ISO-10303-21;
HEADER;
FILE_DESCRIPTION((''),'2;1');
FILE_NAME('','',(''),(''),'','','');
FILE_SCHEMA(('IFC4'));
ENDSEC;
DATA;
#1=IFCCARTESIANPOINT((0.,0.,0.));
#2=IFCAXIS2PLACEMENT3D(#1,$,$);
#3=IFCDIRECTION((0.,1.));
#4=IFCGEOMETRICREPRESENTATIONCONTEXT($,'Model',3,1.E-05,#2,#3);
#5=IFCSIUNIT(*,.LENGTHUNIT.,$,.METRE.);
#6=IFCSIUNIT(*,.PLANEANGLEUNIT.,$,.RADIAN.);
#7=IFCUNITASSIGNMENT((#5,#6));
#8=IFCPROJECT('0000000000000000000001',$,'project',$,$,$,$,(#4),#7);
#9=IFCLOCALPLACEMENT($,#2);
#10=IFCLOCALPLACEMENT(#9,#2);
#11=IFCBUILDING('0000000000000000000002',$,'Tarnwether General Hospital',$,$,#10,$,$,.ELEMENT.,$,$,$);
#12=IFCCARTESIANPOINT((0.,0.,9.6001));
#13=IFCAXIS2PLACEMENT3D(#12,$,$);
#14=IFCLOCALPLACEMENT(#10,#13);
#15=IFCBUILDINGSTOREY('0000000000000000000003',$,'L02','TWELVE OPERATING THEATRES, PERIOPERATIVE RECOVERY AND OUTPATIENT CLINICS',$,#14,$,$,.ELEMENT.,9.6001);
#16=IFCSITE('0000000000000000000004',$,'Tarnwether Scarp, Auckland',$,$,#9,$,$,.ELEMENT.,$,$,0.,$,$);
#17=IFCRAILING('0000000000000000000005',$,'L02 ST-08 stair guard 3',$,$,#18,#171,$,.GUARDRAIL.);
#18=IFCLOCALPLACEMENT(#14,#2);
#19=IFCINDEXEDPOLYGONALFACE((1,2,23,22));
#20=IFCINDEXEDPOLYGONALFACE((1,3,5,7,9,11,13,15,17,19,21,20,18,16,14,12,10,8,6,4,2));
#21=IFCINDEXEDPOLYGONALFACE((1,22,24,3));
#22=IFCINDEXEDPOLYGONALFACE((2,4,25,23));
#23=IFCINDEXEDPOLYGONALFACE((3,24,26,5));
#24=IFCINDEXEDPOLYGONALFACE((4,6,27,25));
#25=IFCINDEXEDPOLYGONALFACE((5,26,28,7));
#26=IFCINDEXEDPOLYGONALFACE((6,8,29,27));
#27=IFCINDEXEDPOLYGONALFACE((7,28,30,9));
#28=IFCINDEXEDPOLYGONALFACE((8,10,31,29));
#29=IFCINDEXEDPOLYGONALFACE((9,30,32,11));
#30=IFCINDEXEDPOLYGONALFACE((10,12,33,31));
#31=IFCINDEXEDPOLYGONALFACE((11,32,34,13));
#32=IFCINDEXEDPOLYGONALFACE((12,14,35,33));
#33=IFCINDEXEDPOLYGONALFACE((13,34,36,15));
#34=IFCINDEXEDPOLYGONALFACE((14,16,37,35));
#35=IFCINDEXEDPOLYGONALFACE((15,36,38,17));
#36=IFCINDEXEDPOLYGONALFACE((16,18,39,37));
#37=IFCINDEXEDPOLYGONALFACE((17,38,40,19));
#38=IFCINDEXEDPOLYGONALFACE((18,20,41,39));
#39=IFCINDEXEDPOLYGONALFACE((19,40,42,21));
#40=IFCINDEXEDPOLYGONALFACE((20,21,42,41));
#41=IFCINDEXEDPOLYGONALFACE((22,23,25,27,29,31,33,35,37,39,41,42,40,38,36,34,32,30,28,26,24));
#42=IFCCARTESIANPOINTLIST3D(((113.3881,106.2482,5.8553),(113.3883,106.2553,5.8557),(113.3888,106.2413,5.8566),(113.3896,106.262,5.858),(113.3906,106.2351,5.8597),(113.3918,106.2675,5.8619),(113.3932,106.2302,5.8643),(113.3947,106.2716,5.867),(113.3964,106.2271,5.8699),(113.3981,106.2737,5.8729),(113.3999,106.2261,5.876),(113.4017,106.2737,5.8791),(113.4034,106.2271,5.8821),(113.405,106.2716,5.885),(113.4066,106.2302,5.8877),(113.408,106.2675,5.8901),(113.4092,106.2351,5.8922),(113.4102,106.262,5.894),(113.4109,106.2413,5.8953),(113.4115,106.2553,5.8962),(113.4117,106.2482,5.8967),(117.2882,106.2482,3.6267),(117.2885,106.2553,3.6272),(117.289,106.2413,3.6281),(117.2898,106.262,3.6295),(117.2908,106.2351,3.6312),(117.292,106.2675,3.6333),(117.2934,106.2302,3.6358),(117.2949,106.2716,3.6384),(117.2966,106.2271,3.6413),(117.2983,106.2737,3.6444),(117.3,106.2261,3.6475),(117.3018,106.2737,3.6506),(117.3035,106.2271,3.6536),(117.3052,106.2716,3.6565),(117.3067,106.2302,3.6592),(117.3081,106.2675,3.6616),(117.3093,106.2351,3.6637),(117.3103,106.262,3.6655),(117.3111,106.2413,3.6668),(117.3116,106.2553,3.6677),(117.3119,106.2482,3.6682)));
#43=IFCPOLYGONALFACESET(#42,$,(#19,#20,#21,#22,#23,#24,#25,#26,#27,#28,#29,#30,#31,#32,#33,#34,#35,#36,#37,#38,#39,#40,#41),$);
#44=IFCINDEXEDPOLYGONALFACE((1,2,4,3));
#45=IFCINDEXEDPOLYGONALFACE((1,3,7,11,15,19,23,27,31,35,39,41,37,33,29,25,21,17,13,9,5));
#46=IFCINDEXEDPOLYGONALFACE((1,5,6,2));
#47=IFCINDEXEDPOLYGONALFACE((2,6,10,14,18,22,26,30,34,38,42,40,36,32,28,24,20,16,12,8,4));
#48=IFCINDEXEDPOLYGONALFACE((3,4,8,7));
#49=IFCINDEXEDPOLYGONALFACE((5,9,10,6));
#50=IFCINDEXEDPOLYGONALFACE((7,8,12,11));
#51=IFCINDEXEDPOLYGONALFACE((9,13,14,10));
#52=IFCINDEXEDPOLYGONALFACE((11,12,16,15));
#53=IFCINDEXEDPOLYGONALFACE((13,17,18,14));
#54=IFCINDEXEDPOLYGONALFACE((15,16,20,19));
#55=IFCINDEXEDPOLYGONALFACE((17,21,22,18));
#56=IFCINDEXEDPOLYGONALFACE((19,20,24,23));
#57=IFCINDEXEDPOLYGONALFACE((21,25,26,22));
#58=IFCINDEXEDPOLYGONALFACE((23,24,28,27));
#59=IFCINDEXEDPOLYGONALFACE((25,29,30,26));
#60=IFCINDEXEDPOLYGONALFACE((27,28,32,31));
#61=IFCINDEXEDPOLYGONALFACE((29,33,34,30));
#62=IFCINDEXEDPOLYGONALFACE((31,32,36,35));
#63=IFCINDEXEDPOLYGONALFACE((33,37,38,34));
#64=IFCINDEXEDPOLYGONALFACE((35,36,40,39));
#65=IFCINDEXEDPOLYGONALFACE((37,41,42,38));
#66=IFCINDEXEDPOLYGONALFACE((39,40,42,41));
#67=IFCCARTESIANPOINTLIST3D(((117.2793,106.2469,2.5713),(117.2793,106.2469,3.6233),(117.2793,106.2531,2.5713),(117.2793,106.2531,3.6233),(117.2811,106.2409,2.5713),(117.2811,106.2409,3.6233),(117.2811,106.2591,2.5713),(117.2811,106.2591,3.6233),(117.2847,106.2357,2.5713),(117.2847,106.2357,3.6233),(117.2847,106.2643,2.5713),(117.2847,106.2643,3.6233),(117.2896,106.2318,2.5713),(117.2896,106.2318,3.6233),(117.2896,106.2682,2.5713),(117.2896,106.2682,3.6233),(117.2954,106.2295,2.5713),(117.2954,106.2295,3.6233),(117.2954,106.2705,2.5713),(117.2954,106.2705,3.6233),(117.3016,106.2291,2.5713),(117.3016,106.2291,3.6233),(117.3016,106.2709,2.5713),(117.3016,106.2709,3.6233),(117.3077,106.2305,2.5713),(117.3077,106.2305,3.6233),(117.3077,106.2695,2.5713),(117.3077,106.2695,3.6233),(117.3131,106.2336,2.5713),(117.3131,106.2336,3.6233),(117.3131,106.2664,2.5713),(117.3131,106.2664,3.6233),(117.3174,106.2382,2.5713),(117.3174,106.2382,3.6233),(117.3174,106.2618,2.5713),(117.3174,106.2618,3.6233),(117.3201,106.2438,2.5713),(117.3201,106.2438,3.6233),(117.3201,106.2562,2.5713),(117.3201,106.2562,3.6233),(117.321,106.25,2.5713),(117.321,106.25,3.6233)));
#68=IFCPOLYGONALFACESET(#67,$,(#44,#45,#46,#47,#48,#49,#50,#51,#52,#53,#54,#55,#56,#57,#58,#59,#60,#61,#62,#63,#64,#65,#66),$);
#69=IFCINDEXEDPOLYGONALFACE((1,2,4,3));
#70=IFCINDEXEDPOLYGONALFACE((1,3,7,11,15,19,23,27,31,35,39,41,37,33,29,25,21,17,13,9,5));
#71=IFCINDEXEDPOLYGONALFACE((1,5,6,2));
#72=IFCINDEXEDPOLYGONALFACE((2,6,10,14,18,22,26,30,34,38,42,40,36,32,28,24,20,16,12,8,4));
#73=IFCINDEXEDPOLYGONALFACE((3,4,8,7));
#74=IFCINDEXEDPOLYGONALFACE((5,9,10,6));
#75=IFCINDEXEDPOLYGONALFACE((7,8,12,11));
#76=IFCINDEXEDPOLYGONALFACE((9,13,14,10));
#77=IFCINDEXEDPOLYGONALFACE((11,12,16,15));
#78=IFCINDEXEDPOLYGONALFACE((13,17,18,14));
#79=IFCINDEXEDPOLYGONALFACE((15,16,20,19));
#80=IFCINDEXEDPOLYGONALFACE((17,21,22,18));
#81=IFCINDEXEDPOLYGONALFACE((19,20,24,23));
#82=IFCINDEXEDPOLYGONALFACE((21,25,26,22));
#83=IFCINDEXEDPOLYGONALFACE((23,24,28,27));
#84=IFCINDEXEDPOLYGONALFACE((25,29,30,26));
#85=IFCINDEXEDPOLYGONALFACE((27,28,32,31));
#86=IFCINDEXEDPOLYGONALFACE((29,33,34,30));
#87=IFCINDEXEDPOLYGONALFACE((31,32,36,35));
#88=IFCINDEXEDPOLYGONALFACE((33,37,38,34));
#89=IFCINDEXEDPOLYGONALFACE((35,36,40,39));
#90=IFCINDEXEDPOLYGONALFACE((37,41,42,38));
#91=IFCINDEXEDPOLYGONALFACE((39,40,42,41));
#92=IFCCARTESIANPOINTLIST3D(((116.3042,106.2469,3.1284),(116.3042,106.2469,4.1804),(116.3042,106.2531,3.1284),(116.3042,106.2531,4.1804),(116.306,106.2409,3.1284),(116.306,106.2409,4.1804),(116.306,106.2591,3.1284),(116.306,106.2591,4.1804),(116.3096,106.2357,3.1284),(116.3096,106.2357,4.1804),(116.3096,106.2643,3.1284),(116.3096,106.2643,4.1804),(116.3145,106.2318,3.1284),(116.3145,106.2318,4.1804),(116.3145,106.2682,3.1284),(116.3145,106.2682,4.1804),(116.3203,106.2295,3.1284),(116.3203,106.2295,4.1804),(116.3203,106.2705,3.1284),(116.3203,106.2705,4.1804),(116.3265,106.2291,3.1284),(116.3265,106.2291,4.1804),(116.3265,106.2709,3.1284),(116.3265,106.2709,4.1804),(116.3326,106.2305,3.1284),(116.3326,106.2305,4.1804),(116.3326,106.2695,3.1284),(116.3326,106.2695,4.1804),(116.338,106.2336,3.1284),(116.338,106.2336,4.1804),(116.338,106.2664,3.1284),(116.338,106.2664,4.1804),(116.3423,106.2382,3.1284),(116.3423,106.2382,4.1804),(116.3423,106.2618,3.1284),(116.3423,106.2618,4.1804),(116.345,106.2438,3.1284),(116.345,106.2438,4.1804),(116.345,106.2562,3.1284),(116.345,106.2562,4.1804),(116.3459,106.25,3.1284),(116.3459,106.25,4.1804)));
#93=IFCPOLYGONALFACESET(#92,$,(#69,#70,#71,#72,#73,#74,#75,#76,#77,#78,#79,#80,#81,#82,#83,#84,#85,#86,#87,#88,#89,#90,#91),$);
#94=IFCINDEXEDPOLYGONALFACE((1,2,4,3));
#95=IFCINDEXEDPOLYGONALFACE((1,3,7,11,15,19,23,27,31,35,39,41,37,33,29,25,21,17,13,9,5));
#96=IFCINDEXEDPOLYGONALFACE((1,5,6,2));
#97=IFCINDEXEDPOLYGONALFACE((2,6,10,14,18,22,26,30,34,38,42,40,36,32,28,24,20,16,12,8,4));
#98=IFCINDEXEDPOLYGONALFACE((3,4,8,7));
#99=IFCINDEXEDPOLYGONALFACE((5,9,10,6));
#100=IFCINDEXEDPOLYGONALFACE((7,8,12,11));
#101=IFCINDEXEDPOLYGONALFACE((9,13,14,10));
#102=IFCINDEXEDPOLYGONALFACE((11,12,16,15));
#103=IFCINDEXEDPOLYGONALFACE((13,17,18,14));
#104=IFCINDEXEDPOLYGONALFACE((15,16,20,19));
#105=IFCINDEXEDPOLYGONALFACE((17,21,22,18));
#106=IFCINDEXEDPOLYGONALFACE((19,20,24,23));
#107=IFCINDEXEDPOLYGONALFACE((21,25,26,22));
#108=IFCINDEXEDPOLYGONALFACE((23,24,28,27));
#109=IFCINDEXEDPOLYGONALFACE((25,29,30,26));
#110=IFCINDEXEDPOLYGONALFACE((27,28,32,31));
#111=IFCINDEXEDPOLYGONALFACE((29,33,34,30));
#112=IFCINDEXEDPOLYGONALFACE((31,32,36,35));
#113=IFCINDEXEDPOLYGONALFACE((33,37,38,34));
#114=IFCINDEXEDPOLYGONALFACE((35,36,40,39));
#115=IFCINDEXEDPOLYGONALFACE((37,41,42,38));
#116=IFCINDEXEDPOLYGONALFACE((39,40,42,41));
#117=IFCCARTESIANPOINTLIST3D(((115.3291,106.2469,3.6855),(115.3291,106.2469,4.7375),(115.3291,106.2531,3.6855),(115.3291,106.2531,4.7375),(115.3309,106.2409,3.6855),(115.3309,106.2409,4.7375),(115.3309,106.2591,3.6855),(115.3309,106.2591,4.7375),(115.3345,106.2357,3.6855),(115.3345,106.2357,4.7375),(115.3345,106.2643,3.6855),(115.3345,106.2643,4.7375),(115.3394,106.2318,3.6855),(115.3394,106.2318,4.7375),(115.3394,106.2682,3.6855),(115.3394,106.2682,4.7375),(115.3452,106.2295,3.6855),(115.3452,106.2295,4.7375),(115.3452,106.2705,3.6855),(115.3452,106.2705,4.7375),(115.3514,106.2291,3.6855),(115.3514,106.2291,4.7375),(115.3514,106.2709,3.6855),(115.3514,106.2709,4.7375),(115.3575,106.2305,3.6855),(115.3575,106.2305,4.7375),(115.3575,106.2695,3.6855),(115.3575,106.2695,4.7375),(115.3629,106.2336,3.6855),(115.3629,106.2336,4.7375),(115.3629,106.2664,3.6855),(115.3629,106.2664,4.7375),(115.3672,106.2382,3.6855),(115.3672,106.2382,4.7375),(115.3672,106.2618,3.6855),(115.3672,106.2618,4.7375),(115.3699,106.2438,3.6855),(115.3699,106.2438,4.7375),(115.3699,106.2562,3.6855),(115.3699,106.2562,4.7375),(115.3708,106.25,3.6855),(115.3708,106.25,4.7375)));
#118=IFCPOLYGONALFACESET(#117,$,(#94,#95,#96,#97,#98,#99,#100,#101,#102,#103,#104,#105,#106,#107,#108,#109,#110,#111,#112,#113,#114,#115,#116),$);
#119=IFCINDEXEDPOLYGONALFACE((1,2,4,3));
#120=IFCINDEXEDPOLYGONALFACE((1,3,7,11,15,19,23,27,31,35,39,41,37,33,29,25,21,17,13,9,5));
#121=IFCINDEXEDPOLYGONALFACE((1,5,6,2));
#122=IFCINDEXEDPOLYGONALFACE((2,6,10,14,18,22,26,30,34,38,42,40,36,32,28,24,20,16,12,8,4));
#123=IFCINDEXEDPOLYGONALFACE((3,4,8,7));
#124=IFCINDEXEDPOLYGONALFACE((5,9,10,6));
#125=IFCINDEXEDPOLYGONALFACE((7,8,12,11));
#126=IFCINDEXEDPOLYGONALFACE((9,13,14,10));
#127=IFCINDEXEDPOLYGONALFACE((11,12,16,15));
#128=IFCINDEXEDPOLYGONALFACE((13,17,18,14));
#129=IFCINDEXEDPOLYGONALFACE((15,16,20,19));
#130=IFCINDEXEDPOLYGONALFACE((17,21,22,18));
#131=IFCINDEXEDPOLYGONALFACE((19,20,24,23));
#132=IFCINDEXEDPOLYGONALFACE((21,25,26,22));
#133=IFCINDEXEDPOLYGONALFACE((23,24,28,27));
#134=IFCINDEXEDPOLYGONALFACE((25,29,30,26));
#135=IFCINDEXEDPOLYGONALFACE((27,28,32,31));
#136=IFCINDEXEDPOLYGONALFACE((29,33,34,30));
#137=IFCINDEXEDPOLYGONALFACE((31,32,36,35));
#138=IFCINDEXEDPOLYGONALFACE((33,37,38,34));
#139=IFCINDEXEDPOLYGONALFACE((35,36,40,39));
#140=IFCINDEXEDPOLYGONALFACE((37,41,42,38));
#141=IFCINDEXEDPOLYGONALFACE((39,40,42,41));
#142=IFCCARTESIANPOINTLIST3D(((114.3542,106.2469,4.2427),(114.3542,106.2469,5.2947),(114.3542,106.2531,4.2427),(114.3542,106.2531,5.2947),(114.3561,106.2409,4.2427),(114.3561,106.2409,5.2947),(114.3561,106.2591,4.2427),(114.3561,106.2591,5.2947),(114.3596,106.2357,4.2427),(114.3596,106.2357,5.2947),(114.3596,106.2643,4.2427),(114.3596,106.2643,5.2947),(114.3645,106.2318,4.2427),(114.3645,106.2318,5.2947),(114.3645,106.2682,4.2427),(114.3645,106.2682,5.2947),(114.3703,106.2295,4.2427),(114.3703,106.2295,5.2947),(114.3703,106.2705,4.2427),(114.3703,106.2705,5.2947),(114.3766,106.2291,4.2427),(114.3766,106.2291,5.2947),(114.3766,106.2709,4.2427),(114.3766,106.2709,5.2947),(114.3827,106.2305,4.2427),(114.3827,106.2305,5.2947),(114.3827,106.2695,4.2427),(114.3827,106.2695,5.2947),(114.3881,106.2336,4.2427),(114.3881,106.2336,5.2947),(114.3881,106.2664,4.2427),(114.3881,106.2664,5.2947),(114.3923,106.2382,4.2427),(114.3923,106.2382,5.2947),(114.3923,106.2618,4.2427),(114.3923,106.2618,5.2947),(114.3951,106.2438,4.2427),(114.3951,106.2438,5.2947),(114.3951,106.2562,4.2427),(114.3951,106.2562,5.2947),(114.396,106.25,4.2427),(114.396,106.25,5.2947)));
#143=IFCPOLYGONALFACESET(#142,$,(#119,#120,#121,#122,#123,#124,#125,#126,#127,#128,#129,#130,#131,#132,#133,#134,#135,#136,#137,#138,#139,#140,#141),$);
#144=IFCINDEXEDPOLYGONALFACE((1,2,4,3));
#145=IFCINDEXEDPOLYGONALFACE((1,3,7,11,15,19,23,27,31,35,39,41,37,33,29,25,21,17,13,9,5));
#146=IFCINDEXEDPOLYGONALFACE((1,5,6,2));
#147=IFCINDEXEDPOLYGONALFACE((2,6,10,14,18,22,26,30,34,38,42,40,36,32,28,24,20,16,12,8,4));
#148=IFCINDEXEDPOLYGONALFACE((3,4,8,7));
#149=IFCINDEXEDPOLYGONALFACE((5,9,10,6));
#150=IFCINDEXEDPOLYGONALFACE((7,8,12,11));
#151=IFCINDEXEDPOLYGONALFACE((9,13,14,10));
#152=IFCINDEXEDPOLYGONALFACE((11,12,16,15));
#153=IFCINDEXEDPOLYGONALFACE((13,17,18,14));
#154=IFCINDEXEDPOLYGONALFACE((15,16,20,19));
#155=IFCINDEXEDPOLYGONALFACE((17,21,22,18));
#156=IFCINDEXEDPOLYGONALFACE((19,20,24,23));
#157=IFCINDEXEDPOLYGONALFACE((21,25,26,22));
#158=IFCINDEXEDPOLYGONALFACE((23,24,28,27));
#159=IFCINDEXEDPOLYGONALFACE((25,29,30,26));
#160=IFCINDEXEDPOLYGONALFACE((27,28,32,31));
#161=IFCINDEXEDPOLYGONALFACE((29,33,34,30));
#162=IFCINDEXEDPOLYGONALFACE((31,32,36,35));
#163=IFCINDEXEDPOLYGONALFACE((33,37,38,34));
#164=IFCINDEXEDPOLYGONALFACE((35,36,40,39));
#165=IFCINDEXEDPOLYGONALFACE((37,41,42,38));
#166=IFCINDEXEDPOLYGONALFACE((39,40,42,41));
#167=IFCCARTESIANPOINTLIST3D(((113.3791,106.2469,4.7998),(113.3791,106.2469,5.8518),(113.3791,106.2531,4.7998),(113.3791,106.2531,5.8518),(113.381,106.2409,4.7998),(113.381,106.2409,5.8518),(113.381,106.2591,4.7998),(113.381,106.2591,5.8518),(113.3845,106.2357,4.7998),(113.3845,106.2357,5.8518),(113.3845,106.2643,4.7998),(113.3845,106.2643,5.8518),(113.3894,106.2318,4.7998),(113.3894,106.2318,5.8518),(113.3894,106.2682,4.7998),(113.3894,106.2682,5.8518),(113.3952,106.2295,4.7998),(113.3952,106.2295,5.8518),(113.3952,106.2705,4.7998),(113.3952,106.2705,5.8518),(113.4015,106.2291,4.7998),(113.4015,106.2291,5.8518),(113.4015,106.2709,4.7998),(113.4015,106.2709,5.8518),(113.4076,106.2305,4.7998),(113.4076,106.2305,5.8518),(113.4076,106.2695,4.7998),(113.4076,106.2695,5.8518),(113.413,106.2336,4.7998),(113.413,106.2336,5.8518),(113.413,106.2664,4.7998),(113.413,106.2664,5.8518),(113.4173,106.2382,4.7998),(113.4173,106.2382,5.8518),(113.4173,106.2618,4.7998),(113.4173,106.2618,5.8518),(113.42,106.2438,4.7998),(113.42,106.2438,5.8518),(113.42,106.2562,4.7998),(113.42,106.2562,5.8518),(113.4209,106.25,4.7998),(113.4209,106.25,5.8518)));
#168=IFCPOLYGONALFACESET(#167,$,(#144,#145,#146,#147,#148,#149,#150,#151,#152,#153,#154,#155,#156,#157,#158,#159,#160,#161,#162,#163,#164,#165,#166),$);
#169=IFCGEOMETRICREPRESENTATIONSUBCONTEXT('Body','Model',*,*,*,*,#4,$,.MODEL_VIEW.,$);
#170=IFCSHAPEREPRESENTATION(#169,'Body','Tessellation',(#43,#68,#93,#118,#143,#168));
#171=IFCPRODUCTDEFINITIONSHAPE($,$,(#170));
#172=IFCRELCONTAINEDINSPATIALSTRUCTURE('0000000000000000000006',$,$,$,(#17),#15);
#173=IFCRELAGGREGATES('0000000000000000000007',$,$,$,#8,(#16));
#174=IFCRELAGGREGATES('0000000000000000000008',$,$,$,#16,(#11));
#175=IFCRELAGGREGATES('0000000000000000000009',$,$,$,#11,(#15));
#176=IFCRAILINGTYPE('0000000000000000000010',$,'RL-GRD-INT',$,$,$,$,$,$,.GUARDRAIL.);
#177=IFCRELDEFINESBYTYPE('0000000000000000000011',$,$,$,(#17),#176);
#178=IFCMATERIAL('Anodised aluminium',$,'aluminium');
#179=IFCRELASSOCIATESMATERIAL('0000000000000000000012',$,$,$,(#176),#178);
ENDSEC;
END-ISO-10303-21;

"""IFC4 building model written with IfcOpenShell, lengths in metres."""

from ifc_helpers import new_model, si_unit, direction, frame, origin, origin_2d, place, context, subcontext, project, spatial, circle, extrude, material, type_object, element, save


model = new_model("IFC4")

# Units and contexts
model_context = context("Model", 3, precision=1e-05, world=origin(), true_north=direction((0.0, 1.0)))
body_context = subcontext(model_context, "Body", "Model", "MODEL_VIEW")
ifc_project = project(units=[si_unit("LENGTHUNIT", "METRE"), si_unit("PLANEANGLEUNIT", "RADIAN")], contexts=[model_context])

# Site, building, storey
site_placement = place(None, origin())
site = spatial("IfcSite", under=ifc_project, at=site_placement, Name="Tarnwether Scarp, Auckland", CompositionType="ELEMENT", RefElevation=0.0)
building_placement = place(site_placement, origin())
building = spatial("IfcBuilding", under=site, at=building_placement, Name="Tarnwether General Hospital", CompositionType="ELEMENT")
storey_placement = place(building_placement, frame((0.0, 0.0, 9.6001)))
storey = spatial("IfcBuildingStorey", under=building, at=storey_placement, Name="L02", Description="TWELVE OPERATING THEATRES, PERIOPERATIVE RECOVERY AND OUTPATIENT CLINICS", CompositionType="ELEMENT", Elevation=9.6001)

# Railing
ifc_material_1 = material(Name="Anodised aluminium", Category="aluminium")
railing_type_1 = type_object("IfcRailingType", Name="RL-GRD-INT", PredefinedType="GUARDRAIL", material=ifc_material_1)
railing_1_placement = place(storey_placement, frame((117.3, 106.25, 2.5713)))
element("IfcRailing", 1, at=railing_1_placement, inside=storey, type_object=railing_type_1, Name="L02 ST-08 stair guard 3", PredefinedType="GUARDRAIL", context=body_context, shape_type="SweptSolid", body=[
    extrude(circle(Radius=0.0239, at=origin_2d()), frame((0.0, 0.0, 1.0762), z_axis=(-0.868257, 0.0, 0.496116), x_axis=(0.0, -1.0, 0.0)), (0.0, 0.0, 1.0), 4.4919),
    extrude(circle(Radius=0.021, at=origin_2d()), origin(), (0.0, 0.0, 1.0), 1.052),
    extrude(circle(Radius=0.021, at=origin_2d()), frame((-0.9751, 0.0, 0.5571)), (0.0, 0.0, 1.0), 1.052),
    extrude(circle(Radius=0.021, at=origin_2d()), frame((-1.9502, 0.0, 1.1143)), (0.0, 0.0, 1.0), 1.052),
    extrude(circle(Radius=0.021, at=origin_2d()), frame((-2.925, 0.0, 1.6714)), (0.0, 0.0, 1.0), 1.052),
    extrude(circle(Radius=0.021, at=origin_2d()), frame((-3.9001, 0.0, 2.2285)), (0.0, 0.0, 1.0), 1.052),
])

save(model, "model.ifc")
